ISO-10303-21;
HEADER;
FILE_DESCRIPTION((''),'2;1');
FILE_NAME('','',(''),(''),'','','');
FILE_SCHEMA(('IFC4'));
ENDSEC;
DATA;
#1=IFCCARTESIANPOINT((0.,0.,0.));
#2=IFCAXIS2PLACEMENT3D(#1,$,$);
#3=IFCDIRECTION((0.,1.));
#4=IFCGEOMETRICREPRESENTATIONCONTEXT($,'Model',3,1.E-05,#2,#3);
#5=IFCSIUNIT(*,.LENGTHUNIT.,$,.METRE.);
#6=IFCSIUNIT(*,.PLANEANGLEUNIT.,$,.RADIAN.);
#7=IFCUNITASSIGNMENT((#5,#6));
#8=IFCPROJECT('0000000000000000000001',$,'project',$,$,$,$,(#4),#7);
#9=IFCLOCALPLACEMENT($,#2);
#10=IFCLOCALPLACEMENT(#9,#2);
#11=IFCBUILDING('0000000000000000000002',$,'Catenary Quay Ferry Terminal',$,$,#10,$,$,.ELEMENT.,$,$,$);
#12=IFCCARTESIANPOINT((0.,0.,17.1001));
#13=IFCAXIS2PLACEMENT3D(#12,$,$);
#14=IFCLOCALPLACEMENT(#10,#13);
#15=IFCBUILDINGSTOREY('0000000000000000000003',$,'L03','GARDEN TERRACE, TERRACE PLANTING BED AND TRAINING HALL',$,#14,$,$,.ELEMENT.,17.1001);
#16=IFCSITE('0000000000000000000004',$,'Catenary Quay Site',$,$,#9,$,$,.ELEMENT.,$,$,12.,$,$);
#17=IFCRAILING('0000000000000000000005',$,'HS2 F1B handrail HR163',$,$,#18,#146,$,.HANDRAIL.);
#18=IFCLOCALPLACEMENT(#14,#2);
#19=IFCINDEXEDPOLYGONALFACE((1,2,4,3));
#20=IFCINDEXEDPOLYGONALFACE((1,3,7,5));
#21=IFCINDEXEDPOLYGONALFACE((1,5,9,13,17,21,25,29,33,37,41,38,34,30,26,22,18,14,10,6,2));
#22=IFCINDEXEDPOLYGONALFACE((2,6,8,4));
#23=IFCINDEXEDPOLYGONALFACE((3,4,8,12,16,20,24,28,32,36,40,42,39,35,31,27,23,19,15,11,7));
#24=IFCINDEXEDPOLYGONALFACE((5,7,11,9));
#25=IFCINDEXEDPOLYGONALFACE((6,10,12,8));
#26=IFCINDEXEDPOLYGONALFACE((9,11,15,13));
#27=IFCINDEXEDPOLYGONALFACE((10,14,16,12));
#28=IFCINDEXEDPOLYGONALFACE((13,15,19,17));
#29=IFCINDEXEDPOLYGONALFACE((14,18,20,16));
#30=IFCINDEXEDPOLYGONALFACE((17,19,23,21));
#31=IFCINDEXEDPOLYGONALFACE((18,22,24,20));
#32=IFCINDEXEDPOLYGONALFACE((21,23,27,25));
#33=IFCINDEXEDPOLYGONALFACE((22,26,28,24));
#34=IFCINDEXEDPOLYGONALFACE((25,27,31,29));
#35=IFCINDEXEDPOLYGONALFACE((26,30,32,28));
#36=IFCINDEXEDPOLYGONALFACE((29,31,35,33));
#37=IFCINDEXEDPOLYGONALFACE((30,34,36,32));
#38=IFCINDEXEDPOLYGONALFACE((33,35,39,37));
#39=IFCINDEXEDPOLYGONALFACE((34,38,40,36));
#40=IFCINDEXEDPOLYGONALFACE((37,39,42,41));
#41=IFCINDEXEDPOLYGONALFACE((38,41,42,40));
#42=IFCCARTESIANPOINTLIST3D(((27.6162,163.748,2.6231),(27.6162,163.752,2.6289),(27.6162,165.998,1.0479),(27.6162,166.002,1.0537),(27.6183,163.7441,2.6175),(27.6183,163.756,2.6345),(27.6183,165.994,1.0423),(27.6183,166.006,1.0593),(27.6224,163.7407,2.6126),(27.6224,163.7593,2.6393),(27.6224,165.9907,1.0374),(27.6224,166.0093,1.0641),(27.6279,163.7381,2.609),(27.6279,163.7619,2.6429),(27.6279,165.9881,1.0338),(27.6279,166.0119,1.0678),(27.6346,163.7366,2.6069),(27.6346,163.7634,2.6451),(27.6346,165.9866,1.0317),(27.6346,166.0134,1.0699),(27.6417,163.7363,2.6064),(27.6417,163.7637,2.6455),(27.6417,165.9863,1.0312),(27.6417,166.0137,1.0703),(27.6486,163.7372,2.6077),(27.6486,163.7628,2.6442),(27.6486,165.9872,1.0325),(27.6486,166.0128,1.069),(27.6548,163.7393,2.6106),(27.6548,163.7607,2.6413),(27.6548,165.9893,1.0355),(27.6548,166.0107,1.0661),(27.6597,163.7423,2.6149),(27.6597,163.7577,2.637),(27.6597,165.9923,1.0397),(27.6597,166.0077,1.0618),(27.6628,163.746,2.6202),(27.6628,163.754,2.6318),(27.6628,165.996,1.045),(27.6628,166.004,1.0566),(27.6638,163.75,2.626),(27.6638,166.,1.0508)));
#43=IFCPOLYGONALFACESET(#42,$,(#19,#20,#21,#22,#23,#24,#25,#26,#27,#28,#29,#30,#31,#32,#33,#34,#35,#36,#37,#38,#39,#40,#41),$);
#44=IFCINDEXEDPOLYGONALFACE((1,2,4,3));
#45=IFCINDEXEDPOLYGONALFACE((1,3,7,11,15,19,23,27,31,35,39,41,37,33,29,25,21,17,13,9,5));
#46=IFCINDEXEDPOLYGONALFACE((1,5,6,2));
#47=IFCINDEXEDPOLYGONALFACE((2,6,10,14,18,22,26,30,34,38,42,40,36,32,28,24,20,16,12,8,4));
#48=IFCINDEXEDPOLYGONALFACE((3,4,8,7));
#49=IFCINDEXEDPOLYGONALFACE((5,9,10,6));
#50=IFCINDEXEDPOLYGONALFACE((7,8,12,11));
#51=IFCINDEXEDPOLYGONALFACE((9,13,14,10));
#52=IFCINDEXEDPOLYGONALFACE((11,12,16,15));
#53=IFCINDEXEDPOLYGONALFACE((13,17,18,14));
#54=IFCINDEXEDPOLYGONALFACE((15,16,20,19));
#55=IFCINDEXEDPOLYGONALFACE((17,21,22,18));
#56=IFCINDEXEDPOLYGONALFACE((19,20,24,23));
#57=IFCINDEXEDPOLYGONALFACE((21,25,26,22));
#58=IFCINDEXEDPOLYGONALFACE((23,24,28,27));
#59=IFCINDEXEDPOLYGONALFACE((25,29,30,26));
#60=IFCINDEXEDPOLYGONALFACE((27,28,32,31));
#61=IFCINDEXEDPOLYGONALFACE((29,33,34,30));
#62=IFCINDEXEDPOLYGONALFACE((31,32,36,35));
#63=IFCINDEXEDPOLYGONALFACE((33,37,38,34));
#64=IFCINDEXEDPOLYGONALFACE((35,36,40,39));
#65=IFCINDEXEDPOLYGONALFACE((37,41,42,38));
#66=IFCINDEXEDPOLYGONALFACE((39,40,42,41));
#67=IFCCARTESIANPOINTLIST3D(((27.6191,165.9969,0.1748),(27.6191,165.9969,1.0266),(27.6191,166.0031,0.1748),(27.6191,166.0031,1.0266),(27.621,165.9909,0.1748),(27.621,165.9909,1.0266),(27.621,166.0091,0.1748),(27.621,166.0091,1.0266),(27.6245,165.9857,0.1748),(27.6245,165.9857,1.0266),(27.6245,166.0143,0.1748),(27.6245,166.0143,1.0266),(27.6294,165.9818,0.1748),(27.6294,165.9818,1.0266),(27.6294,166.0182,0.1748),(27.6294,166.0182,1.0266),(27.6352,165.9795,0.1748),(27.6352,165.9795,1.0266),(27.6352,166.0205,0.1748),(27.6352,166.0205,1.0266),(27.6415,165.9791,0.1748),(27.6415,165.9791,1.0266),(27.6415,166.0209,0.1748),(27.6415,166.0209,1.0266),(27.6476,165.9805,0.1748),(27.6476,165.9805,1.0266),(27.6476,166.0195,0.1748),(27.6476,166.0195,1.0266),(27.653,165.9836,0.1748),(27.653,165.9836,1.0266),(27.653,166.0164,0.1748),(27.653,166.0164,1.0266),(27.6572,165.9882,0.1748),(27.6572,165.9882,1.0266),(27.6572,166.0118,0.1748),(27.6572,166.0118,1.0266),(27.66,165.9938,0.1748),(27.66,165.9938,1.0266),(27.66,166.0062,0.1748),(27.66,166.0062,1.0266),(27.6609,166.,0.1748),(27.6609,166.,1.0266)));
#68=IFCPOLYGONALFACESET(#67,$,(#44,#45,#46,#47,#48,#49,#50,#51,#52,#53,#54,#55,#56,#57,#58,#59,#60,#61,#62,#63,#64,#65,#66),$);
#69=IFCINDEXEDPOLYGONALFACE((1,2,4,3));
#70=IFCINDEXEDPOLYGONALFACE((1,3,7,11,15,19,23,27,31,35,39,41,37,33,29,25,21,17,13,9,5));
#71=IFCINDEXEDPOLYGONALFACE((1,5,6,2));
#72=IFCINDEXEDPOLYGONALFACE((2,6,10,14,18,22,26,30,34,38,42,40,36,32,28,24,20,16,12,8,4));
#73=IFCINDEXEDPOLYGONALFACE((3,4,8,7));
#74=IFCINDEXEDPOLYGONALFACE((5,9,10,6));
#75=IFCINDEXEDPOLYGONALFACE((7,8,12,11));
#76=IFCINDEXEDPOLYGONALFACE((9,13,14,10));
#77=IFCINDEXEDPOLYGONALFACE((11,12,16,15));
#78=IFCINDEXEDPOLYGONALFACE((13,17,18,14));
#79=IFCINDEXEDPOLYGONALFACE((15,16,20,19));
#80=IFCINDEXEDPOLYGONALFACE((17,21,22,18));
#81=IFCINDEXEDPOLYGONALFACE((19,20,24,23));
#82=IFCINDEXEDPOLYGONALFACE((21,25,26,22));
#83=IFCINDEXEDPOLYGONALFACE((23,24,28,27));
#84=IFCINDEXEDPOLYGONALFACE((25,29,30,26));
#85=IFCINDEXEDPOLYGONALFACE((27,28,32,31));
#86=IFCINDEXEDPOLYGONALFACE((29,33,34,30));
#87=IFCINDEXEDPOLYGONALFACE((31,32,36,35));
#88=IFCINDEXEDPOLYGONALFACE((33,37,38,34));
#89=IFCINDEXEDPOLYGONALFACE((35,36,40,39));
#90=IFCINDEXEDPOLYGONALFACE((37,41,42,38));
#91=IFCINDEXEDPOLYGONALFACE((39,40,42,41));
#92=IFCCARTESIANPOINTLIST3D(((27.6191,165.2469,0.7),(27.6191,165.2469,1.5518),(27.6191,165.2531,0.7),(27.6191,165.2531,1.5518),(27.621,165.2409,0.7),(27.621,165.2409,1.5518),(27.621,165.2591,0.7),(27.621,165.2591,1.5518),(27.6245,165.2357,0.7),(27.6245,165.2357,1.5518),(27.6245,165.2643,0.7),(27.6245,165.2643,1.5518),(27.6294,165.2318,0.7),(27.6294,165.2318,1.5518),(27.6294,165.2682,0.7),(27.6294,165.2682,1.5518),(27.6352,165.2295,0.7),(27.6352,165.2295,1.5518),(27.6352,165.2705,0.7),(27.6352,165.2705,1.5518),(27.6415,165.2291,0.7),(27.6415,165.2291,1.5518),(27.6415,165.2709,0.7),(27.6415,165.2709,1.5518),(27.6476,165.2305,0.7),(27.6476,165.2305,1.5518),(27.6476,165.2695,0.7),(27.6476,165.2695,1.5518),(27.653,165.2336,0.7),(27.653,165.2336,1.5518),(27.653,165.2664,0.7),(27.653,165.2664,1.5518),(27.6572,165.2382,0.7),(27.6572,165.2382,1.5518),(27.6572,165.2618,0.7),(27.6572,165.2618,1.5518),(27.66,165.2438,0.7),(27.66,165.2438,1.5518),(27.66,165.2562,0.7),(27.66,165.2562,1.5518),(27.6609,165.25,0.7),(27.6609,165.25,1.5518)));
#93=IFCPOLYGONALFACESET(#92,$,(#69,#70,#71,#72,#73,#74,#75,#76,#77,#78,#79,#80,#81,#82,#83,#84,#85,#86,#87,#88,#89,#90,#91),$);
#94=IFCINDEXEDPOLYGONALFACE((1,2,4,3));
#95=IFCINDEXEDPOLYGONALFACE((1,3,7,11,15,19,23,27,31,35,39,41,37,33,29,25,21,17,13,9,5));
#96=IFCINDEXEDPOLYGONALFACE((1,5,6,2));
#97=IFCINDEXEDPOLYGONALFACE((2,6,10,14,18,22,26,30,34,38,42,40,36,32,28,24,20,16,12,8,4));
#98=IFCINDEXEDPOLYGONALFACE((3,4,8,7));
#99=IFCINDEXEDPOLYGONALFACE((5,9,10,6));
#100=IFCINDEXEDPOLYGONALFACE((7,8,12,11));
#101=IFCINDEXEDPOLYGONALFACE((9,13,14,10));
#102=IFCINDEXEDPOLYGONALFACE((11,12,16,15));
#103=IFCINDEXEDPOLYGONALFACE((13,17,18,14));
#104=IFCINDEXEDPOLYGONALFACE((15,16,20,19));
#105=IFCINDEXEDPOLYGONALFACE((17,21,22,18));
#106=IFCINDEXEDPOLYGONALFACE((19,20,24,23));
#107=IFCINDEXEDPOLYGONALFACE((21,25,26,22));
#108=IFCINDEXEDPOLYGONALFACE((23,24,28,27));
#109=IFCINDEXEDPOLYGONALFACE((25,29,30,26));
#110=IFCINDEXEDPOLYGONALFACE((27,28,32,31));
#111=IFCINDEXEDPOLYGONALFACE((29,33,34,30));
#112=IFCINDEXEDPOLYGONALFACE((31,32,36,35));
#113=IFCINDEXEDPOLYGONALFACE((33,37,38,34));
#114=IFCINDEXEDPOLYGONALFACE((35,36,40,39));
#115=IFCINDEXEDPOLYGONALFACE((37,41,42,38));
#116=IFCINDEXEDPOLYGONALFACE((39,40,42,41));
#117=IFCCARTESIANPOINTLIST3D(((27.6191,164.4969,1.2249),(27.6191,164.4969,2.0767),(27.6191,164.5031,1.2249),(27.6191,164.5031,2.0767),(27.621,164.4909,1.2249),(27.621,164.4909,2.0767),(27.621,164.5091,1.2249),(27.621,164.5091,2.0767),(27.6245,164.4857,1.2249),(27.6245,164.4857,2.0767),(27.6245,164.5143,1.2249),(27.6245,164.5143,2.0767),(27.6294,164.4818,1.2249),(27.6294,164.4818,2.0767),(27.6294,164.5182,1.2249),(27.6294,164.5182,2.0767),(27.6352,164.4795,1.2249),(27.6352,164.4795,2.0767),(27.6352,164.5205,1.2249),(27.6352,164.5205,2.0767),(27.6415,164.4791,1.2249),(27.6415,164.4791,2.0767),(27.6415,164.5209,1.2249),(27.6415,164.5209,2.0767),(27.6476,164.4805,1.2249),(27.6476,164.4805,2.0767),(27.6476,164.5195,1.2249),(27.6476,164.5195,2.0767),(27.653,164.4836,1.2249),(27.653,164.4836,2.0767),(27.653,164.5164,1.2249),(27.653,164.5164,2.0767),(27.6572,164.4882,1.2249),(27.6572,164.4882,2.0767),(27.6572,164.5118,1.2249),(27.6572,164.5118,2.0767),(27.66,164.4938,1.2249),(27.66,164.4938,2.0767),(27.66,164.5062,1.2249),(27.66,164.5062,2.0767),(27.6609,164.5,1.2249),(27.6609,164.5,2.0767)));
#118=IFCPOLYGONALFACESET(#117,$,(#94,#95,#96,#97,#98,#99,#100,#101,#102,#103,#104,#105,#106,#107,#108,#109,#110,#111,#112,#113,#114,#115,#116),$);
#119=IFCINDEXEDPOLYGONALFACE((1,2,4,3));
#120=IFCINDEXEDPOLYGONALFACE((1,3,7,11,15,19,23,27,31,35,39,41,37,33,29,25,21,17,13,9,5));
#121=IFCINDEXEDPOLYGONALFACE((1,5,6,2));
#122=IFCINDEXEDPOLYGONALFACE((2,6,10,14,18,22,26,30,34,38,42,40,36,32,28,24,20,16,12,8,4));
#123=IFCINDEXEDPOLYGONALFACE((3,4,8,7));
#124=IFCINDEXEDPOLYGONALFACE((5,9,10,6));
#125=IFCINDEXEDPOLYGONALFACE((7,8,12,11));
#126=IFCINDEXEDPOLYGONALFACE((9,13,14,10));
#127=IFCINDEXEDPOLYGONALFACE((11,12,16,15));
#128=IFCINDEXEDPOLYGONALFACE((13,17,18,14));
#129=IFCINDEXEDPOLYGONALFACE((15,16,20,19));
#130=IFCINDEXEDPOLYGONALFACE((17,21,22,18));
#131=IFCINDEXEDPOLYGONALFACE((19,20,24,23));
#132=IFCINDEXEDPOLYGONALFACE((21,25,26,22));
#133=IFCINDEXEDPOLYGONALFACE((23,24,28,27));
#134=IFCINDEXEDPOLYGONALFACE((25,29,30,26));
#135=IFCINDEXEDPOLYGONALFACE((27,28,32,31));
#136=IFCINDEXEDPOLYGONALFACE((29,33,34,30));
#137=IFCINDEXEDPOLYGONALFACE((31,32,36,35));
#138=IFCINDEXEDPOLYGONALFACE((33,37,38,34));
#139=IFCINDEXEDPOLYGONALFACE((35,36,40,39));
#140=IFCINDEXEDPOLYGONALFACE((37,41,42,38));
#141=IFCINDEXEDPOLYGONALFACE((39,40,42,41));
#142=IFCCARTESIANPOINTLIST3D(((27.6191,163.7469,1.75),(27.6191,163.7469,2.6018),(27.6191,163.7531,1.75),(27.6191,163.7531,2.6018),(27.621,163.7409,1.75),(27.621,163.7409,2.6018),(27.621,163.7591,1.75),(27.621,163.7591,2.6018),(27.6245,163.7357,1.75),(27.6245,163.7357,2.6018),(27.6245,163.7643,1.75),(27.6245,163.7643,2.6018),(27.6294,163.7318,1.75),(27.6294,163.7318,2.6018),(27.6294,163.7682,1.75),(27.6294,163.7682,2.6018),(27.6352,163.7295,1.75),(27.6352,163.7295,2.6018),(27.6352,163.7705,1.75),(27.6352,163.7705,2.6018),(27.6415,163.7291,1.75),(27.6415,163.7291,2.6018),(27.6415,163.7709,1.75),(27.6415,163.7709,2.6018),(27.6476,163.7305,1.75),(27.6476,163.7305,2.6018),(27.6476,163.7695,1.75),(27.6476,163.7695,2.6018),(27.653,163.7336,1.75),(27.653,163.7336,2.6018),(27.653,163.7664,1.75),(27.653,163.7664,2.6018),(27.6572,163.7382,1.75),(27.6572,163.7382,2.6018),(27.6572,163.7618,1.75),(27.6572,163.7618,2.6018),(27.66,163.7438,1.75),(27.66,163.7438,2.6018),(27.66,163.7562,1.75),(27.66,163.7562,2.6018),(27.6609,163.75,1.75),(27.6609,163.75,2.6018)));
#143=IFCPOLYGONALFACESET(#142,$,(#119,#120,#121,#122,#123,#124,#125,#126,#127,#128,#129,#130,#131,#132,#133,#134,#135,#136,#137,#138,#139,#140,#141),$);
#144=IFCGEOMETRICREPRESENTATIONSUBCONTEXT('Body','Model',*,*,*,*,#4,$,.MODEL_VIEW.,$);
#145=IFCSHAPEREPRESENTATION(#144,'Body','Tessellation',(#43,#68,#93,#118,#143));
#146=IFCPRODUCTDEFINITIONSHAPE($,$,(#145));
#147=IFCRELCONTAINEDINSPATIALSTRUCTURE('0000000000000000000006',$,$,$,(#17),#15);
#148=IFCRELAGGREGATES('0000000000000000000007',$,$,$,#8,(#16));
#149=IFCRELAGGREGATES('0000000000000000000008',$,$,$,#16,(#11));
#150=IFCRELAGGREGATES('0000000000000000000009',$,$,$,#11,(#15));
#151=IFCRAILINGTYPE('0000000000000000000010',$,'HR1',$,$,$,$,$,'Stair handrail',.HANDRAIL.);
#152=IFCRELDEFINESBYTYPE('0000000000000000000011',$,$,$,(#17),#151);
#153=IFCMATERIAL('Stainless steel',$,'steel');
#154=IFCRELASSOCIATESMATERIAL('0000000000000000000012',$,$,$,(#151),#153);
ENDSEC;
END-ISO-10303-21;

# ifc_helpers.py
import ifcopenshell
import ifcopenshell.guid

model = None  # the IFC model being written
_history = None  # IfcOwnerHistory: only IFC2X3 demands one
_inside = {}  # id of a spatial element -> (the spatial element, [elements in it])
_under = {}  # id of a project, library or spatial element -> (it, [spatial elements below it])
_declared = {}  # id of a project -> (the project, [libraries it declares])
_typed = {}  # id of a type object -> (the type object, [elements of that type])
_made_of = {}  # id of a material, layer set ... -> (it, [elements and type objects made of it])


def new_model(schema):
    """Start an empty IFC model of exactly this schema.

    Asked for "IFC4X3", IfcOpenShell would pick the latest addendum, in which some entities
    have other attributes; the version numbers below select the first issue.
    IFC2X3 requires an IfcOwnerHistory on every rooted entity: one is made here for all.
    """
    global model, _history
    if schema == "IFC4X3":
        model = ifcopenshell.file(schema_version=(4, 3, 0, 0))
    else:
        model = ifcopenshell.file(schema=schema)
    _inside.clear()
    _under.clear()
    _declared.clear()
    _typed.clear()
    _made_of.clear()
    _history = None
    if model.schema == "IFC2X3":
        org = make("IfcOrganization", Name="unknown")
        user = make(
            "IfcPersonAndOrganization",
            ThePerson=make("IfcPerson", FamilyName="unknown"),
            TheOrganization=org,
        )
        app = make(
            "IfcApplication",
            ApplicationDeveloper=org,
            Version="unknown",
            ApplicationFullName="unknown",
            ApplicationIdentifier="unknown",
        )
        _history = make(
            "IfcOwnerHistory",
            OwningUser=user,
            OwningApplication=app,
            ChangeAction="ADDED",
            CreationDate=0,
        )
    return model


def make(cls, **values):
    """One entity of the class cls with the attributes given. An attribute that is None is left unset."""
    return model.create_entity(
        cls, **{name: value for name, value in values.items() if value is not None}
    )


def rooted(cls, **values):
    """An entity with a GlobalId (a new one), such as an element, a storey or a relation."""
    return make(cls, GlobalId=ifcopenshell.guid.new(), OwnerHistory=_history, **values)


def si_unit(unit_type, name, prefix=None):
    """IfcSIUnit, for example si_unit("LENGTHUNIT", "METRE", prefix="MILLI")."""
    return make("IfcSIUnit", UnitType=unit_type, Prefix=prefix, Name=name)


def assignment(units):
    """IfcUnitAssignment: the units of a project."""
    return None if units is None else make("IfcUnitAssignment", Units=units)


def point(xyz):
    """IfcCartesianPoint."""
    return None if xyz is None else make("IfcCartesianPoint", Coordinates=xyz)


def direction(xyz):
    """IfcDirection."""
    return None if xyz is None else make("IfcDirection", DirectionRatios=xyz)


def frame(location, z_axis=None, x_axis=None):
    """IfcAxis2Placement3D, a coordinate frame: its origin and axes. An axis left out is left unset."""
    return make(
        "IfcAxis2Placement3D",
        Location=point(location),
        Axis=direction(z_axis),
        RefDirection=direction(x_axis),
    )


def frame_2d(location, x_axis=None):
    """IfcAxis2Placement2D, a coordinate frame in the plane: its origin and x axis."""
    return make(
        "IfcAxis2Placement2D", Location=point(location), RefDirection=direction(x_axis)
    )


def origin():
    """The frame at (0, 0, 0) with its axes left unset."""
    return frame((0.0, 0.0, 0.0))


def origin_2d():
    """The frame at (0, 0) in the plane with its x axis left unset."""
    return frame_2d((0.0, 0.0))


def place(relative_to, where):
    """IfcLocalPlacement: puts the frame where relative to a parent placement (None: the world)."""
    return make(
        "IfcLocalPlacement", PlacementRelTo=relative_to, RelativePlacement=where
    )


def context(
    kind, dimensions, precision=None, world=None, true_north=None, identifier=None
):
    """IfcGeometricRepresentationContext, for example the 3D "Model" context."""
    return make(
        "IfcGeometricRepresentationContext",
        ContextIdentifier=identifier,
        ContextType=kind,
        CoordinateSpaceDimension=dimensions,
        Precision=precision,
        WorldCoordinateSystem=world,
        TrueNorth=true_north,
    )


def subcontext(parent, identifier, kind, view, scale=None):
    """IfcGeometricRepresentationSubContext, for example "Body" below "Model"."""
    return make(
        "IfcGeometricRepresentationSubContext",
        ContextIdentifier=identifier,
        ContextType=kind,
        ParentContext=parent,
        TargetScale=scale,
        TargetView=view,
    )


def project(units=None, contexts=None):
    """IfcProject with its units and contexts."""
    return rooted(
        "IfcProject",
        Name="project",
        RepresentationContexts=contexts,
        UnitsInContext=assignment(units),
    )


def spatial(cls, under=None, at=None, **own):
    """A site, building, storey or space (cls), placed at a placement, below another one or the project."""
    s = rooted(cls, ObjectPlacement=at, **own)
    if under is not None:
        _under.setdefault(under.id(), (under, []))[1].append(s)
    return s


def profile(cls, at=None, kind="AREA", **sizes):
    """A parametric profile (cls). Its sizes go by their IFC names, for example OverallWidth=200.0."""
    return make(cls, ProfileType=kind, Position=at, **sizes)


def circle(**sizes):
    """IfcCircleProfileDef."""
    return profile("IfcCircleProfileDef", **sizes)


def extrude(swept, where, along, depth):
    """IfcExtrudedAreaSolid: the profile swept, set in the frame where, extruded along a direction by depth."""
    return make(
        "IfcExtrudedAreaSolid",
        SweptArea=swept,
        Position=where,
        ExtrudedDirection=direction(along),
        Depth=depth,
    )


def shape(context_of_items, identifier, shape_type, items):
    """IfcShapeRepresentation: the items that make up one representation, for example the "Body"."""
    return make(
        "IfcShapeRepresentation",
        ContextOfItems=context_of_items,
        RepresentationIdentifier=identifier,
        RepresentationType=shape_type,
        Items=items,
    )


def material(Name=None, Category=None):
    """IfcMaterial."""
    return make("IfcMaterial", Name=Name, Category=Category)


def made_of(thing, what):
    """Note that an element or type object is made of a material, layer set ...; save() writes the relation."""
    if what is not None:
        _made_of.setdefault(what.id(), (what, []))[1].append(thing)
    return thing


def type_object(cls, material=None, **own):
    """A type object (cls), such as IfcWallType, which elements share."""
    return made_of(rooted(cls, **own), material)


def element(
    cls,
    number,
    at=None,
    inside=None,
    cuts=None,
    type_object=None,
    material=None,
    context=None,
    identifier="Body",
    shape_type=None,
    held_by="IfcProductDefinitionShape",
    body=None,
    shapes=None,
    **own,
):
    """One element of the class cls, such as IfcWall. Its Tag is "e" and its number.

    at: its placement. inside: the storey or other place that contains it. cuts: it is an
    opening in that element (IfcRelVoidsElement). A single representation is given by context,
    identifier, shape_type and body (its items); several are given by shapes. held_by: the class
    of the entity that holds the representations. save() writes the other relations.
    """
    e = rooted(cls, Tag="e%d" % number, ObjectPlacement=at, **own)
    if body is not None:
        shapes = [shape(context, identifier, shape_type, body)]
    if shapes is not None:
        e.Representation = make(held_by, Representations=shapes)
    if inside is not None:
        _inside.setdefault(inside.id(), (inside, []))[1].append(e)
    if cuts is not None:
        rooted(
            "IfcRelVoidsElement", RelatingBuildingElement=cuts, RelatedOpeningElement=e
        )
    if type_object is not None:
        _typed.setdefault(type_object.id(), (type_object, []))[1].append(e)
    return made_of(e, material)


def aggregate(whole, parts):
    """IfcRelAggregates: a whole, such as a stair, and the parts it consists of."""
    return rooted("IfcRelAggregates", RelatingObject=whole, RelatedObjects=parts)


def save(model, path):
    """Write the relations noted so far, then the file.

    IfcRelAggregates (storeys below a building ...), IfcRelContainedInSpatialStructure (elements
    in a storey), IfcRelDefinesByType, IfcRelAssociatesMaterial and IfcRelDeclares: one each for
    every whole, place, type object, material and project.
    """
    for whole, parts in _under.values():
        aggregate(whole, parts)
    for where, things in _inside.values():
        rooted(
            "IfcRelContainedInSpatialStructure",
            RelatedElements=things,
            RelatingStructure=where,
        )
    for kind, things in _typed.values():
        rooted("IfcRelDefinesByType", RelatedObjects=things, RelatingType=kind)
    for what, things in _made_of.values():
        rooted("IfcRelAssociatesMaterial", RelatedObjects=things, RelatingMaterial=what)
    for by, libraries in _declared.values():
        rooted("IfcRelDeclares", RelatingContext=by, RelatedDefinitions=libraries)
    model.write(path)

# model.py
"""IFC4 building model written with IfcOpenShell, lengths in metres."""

from ifc_helpers import new_model, si_unit, direction, frame, origin, origin_2d, place, context, subcontext, project, spatial, circle, extrude, material, type_object, element, save


model = new_model("IFC4")

# Units and contexts
model_context = context("Model", 3, precision=1e-05, world=origin(), true_north=direction((0.0, 1.0)))
body_context = subcontext(model_context, "Body", "Model", "MODEL_VIEW")
ifc_project = project(units=[si_unit("LENGTHUNIT", "METRE"), si_unit("PLANEANGLEUNIT", "RADIAN")], contexts=[model_context])

# Site, building, storey
site_placement = place(None, origin())
site = spatial("IfcSite", under=ifc_project, at=site_placement, Name="Catenary Quay Site", CompositionType="ELEMENT", RefElevation=12.0)
building_placement = place(site_placement, origin())
building = spatial("IfcBuilding", under=site, at=building_placement, Name="Catenary Quay Ferry Terminal", CompositionType="ELEMENT")
storey_placement = place(building_placement, frame((0.0, 0.0, 17.1001)))
storey = spatial("IfcBuildingStorey", under=building, at=storey_placement, Name="L03", Description="GARDEN TERRACE, TERRACE PLANTING BED AND TRAINING HALL", CompositionType="ELEMENT", Elevation=17.1001)

# Railing
ifc_material_1 = material(Name="Stainless steel", Category="steel")
railing_type = type_object("IfcRailingType", Name="HR1", ElementType="Stair handrail", PredefinedType="HANDRAIL", material=ifc_material_1)
railing_placement = place(storey_placement, frame((27.6399, 166.0, 0.1748)))
element("IfcRailing", 1, at=railing_placement, inside=storey, type_object=railing_type, Name="HS2 F1B handrail HR163", PredefinedType="HANDRAIL", context=body_context, shape_type="SweptSolid", body=[
    extrude(circle(Radius=0.0239, at=origin_2d()), frame((0.0, 0.0, 0.876), z_axis=(0.0, -0.819199, 0.57351), x_axis=(1.0, 0.0, 0.0)), (0.0, 0.0, 1.0), 2.7466),
    extrude(circle(Radius=0.021, at=origin_2d()), origin(), (0.0, 0.0, 1.0), 0.8518),
    extrude(circle(Radius=0.021, at=origin_2d()), frame((0.0, -0.75, 0.5251)), (0.0, 0.0, 1.0), 0.8518),
    extrude(circle(Radius=0.021, at=origin_2d()), frame((0.0, -1.5, 1.05)), (0.0, 0.0, 1.0), 0.8518),
    extrude(circle(Radius=0.021, at=origin_2d()), frame((0.0, -2.25, 1.5752)), (0.0, 0.0, 1.0), 0.8518),
])

save(model, "model.ifc")
